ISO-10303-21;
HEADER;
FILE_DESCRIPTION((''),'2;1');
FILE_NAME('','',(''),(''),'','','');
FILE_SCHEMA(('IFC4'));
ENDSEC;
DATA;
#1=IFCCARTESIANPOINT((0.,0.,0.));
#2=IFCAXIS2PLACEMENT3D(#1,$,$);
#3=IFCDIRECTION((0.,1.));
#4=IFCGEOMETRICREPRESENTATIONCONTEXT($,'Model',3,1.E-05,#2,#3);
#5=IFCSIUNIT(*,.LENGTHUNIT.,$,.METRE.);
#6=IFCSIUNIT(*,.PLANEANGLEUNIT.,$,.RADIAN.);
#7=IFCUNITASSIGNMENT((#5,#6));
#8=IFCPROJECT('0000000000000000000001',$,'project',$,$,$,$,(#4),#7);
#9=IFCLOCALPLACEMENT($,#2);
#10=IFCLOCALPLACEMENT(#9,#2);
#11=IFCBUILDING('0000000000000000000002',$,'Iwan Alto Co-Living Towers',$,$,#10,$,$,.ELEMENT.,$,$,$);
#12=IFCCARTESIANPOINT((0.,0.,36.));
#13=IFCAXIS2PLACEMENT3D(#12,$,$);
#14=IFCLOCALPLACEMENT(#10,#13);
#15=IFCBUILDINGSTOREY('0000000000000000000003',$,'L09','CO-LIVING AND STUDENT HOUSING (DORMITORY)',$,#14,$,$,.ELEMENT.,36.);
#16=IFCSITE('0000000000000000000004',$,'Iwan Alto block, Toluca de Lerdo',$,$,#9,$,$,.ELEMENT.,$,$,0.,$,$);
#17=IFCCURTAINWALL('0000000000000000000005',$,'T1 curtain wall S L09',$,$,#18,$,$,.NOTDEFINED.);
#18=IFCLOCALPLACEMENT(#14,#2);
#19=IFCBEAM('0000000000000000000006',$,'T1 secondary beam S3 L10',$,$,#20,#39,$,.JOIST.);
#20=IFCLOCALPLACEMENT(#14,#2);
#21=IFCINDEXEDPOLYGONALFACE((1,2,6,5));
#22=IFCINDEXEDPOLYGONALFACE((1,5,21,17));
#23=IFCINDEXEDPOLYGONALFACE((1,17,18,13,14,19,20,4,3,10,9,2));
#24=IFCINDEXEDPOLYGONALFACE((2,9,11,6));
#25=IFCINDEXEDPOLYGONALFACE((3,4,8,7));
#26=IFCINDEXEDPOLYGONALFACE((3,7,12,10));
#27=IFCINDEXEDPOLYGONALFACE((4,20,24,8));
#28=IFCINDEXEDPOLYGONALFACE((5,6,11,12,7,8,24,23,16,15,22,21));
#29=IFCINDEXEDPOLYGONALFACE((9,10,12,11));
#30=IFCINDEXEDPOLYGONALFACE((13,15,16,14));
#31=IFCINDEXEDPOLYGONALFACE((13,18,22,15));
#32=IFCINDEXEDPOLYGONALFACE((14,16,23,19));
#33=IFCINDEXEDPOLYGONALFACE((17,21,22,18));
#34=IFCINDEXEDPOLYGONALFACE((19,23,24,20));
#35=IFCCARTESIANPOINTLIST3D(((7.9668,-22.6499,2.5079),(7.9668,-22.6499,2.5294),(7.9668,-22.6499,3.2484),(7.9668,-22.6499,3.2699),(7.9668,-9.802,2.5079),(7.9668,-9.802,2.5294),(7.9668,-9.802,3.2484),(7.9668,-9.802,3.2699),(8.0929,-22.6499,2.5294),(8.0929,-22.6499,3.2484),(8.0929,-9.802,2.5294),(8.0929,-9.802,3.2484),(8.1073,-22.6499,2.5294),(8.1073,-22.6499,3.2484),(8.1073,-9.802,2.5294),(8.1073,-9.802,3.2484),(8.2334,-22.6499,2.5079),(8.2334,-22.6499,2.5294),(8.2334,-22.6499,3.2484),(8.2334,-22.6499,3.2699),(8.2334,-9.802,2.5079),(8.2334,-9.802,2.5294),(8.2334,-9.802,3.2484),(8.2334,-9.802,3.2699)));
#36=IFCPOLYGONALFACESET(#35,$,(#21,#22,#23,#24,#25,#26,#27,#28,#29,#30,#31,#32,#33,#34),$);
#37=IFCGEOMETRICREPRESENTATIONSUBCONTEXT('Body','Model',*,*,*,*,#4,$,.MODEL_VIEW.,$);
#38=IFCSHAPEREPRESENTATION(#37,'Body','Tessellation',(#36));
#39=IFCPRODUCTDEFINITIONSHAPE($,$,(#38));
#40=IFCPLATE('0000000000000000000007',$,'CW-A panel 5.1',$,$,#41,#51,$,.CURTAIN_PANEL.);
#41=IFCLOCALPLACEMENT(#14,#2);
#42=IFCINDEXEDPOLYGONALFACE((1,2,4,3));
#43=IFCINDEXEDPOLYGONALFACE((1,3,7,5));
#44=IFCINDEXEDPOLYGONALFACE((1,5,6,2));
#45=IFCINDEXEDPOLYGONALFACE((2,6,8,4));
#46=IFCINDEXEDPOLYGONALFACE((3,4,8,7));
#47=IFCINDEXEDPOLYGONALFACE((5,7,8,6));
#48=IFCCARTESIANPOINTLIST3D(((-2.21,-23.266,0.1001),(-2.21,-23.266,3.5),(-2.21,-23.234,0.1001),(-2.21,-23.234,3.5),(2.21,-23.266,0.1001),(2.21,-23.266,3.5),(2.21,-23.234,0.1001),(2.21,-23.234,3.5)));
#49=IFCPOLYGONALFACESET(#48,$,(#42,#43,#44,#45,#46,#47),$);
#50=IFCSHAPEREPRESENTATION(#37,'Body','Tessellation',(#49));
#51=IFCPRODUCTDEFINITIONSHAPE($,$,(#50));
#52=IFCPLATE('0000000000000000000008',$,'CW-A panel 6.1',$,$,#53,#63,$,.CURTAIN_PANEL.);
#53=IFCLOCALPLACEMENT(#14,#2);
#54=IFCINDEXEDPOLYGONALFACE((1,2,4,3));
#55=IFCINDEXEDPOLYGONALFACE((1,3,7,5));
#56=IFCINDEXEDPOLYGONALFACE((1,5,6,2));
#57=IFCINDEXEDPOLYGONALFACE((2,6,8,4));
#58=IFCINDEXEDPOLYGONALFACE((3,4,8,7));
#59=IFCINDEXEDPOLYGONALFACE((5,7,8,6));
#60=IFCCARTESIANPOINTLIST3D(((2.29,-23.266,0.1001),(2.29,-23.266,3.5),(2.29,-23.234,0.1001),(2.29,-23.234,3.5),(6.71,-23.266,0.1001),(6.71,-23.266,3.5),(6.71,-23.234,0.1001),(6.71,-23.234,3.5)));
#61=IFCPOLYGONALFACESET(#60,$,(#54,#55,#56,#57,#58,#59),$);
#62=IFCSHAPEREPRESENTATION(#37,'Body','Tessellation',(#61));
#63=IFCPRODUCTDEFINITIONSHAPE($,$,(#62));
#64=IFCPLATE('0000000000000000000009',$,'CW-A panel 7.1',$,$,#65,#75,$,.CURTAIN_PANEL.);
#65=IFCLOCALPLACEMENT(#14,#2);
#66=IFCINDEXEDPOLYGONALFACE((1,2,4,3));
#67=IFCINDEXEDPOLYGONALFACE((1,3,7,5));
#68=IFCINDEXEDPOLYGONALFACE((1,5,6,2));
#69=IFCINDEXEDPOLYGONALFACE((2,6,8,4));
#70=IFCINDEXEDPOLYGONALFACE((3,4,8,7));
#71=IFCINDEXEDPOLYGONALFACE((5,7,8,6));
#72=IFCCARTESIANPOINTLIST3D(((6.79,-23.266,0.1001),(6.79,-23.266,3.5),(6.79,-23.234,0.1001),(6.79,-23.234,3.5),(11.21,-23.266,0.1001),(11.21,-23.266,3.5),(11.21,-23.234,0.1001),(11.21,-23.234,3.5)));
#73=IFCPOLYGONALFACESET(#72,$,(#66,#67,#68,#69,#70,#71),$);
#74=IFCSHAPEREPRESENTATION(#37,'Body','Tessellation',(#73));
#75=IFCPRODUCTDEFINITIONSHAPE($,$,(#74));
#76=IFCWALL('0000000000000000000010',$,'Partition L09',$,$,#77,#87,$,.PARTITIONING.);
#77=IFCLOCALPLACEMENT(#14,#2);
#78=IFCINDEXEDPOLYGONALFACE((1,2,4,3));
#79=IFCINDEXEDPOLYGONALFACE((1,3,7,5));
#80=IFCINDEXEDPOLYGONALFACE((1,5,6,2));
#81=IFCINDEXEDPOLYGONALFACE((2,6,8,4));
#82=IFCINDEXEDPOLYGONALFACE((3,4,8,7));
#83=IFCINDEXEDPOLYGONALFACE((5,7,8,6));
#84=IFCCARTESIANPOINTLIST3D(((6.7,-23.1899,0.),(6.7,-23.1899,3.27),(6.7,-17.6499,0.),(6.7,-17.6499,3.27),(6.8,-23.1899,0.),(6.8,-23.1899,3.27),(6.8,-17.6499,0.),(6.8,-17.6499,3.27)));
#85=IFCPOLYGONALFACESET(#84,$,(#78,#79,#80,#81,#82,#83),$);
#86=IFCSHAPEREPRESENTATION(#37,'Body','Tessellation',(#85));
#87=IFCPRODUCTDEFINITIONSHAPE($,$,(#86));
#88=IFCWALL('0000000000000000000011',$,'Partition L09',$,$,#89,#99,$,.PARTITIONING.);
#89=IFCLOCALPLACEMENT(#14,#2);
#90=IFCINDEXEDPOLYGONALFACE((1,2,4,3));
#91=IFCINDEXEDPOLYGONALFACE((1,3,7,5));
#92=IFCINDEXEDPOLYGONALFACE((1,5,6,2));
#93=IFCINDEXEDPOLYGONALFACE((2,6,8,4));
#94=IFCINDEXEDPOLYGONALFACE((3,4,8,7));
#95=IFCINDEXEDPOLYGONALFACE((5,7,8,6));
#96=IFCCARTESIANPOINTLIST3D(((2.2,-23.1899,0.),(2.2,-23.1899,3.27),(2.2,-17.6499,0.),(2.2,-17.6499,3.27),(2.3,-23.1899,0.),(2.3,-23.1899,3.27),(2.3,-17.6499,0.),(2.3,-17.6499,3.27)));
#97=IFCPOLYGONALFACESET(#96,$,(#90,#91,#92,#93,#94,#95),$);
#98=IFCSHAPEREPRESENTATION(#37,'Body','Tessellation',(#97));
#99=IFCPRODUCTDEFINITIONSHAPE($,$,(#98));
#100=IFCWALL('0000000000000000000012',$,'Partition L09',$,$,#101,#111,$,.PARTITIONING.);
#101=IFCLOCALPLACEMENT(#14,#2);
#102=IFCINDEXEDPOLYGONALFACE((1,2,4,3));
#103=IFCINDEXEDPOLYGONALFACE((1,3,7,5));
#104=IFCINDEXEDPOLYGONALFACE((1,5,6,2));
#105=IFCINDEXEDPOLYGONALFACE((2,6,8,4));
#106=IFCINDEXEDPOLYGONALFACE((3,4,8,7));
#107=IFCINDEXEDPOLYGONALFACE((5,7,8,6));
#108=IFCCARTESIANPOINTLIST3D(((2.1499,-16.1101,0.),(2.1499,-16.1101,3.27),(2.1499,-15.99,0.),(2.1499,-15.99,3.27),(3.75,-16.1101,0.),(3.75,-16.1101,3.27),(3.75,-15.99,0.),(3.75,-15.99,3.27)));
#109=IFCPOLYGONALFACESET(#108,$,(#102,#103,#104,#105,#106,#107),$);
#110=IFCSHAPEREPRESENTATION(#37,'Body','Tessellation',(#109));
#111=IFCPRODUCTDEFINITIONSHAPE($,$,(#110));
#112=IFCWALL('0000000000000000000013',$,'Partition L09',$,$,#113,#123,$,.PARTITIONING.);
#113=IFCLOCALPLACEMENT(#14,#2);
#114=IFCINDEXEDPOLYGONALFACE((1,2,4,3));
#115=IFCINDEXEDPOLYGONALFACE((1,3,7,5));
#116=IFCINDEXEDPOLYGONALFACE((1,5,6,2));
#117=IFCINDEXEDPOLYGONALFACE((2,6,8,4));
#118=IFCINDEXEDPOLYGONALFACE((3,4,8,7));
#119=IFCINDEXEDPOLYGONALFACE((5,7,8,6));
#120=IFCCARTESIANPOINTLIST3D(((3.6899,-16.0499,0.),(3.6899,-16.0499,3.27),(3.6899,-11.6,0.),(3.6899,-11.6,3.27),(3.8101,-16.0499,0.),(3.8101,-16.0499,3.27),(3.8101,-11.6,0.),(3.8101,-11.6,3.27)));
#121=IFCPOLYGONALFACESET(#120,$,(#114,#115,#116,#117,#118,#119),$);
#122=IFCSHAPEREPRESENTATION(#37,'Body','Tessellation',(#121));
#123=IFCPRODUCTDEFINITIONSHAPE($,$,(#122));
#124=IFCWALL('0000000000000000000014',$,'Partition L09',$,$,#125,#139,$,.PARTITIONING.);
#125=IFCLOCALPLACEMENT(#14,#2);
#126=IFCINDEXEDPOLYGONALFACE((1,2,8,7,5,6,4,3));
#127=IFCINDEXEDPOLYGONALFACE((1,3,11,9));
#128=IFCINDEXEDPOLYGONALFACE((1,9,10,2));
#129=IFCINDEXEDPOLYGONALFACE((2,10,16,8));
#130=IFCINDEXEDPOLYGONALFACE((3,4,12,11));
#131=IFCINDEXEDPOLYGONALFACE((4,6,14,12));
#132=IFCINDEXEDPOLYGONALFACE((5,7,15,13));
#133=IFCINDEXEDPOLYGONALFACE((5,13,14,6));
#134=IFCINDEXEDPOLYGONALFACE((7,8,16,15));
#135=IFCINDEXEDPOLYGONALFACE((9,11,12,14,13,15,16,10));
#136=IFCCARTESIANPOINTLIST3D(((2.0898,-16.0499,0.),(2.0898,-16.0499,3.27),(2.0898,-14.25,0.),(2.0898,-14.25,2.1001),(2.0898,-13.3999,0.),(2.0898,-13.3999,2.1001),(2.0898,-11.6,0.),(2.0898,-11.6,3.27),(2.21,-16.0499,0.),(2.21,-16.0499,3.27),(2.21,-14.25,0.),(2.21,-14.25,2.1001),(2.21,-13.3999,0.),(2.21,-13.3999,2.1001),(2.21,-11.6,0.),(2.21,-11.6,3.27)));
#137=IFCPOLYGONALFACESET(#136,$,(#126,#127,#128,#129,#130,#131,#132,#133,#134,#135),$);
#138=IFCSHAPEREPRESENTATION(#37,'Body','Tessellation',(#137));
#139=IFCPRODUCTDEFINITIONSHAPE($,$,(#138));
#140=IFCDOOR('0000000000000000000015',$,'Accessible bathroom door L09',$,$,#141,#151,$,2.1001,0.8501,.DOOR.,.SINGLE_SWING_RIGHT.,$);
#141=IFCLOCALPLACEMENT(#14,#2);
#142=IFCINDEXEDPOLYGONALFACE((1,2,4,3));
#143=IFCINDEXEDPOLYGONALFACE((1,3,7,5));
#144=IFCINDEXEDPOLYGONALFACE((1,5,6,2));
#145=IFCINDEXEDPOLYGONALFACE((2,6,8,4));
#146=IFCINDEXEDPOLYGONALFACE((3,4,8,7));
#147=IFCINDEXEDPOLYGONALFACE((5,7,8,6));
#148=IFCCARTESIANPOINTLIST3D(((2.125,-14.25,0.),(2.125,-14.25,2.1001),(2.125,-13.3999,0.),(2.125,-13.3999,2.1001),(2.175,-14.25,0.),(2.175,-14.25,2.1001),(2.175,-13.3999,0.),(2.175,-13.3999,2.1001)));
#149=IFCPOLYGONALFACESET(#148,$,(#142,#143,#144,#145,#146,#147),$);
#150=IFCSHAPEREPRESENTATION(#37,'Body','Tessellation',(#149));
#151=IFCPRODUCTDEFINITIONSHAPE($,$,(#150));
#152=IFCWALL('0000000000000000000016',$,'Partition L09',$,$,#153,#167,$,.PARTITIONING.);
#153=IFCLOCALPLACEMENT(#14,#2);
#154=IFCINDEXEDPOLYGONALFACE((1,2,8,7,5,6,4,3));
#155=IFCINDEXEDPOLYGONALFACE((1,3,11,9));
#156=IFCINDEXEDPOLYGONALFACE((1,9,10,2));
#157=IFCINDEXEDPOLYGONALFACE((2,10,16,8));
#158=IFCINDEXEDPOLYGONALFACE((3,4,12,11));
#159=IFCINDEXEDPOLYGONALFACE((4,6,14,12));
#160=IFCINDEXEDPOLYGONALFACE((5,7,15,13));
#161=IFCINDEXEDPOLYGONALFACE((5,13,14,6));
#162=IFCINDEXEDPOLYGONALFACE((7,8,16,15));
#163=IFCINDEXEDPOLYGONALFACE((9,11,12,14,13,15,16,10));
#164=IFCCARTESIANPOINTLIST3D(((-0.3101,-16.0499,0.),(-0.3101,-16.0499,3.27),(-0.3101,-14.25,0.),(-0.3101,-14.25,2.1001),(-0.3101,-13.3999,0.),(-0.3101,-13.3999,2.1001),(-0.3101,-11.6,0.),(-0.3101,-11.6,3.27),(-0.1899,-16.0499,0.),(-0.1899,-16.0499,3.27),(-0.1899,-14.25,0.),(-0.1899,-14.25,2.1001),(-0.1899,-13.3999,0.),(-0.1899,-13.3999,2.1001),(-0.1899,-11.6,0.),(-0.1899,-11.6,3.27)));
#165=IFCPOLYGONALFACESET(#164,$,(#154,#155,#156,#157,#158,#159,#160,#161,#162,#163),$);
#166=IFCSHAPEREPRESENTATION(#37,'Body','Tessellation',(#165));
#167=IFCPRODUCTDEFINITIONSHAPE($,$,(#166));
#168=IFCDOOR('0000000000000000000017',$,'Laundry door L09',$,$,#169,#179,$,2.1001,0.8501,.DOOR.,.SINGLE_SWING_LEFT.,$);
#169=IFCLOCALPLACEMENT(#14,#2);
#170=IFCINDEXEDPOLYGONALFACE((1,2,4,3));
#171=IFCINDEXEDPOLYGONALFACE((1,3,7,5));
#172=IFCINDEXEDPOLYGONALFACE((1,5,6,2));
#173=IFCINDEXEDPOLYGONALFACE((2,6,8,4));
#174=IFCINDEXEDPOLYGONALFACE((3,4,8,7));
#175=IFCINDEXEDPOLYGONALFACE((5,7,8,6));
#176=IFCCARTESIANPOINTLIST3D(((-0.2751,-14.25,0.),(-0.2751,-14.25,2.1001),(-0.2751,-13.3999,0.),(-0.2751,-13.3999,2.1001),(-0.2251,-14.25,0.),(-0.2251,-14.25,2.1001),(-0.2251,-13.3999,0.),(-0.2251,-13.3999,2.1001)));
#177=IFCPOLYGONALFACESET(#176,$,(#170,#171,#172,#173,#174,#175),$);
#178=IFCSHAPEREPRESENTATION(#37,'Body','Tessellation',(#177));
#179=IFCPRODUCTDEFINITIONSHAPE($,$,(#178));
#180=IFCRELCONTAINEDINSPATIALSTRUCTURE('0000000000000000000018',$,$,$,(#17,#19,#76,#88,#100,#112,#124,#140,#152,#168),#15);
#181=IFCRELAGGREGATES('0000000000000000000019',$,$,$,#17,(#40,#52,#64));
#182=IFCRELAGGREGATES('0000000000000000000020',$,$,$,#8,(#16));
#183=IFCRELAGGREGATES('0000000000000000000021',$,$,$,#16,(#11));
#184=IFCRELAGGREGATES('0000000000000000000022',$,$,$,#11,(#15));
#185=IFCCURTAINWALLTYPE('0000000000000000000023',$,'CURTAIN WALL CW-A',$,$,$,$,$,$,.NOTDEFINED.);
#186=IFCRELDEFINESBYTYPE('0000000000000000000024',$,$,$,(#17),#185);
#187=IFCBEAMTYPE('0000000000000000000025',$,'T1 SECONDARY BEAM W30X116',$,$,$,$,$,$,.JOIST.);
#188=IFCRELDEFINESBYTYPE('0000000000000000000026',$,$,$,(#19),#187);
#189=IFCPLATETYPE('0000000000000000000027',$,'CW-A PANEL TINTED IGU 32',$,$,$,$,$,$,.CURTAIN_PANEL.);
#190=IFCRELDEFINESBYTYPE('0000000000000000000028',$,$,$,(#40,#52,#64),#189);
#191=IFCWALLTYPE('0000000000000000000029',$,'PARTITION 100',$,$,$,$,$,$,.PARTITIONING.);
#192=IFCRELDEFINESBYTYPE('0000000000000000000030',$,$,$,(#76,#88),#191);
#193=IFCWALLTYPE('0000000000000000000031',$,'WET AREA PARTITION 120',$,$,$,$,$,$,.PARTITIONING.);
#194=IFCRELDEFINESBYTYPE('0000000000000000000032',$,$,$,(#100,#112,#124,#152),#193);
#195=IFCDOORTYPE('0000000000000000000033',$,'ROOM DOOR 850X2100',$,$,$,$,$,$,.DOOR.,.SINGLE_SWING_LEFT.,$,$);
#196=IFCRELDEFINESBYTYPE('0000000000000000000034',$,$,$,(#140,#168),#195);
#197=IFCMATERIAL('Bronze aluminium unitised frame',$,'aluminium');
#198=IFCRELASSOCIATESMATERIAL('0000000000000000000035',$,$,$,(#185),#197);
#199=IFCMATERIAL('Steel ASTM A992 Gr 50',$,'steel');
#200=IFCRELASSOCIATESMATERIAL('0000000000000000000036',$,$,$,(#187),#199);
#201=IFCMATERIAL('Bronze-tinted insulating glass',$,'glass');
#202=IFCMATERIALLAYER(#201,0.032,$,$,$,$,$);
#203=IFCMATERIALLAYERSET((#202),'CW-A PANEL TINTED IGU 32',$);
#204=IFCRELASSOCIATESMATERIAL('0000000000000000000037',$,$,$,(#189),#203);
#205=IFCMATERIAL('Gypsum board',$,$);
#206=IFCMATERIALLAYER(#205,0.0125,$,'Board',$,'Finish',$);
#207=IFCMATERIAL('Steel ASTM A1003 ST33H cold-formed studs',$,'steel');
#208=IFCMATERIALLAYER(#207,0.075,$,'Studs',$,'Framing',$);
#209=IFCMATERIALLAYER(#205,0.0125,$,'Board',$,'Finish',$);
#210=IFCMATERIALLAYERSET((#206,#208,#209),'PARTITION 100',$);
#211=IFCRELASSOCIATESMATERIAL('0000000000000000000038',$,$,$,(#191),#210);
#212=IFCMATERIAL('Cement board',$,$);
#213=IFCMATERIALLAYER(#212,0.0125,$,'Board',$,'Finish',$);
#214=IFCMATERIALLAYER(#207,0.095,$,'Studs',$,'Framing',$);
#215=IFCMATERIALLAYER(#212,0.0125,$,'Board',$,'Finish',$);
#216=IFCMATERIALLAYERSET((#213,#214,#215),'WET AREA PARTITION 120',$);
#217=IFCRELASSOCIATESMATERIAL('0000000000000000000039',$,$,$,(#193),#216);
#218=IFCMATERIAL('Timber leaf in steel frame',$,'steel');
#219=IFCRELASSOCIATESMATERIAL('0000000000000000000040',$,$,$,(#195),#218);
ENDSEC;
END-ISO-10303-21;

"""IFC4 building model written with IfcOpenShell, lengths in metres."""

from ifc_helpers import new_model, si_unit, direction, frame, frame_2d, origin, origin_2d, place, context, subcontext, project, spatial, rectangle, i_section, extrude, material, layer, layer_set, material_profile, profile_set, type_object, element, fill, aggregate, save


model = new_model("IFC4")

# Units and contexts
model_context = context("Model", 3, precision=1e-05, world=origin(), true_north=direction((0.0, 1.0)))
body_context = subcontext(model_context, "Body", "Model", "MODEL_VIEW")
ifc_project = project(units=[si_unit("LENGTHUNIT", "METRE"), si_unit("PLANEANGLEUNIT", "RADIAN")], contexts=[model_context])

# Site, building, storey
site_placement = place(None, origin())
site = spatial("IfcSite", under=ifc_project, at=site_placement, Name="Iwan Alto block, Toluca de Lerdo", CompositionType="ELEMENT", RefElevation=0.0)
building_placement = place(site_placement, origin())
building = spatial("IfcBuilding", under=site, at=building_placement, Name="Iwan Alto Co-Living Towers", CompositionType="ELEMENT")
storey_placement = place(building_placement, frame((0.0, 0.0, 36.0)))
storey = spatial("IfcBuildingStorey", under=building, at=storey_placement, Name="L09", Description="CO-LIVING AND STUDENT HOUSING (DORMITORY)", CompositionType="ELEMENT", Elevation=36.0)

# Curtain wall
ifc_material_1 = material(Name="Bronze aluminium unitised frame", Category="aluminium")
curtain_wall_type = type_object("IfcCurtainWallType", Name="CURTAIN WALL CW-A", PredefinedType="NOTDEFINED", material=ifc_material_1)
curtain_wall_placement = place(storey_placement, origin())
curtain_wall = element("IfcCurtainWall", 1, at=curtain_wall_placement, inside=storey, type_object=curtain_wall_type, Name="T1 curtain wall S L09", PredefinedType="NOTDEFINED")

# Beam
ifc_material_2 = material(Name="Steel ASTM A992 Gr 50", Category="steel")
ifc_material_profile_1 = material_profile(ifc_material_2, i_section(OverallWidth=0.2666, OverallDepth=0.762, WebThickness=0.0144, FlangeThickness=0.0215, at=origin_2d()), Name="W30X116")
ifc_profile_set_1 = profile_set([ifc_material_profile_1], Name="Steel ASTM A992 Gr 50")
beam_type_1 = type_object("IfcBeamType", Name="T1 SECONDARY BEAM W30X116", PredefinedType="JOIST", material=ifc_profile_set_1)
for number, where, z_axis, x_axis, name in (
    (2, (8.1001, -22.6499, 2.8889), (0.0, 1.0, 0.0), (-1.0, 0.0, 0.0), "T1 secondary beam S3 L10"),
):
    element("IfcBeam", number, at=place(storey_placement, frame(where, z_axis=z_axis, x_axis=x_axis)), inside=storey, type_object=beam_type_1, Name=name, PredefinedType="JOIST", context=body_context, shape_type="SweptSolid", body=[
        extrude(i_section(OverallWidth=0.2666, OverallDepth=0.762, WebThickness=0.0144, FlangeThickness=0.0215, at=origin_2d()), origin(), (0.0, 0.0, 1.0), 12.8479),
    ])

# Plates
ifc_material_3 = material(Name="Bronze-tinted insulating glass", Category="glass")
ifc_layer_1 = layer(ifc_material_3, 0.032)
ifc_layer_set_1 = layer_set([ifc_layer_1], Name="CW-A PANEL TINTED IGU 32")
plate_type = type_object("IfcPlateType", Name="CW-A PANEL TINTED IGU 32", PredefinedType="CURTAIN_PANEL", material=ifc_layer_set_1)
plate_1_placement = place(storey_placement, frame((0.0, -23.25, 0.1001), z_axis=(0.0, 0.0, 1.0), x_axis=(1.0, 0.0, 0.0)))
plate_1 = element("IfcPlate", 3, at=plate_1_placement, type_object=plate_type, Name="CW-A panel 5.1", PredefinedType="CURTAIN_PANEL", context=body_context, shape_type="SweptSolid", body=[
    extrude(rectangle(XDim=4.4199, YDim=0.032, at=origin_2d()), origin(), (0.0, 0.0, 1.0), 3.3999),
])
plate_2_placement = place(storey_placement, frame((4.5, -23.25, 0.1001), z_axis=(0.0, 0.0, 1.0), x_axis=(1.0, 0.0, 0.0)))
plate_2 = element("IfcPlate", 4, at=plate_2_placement, type_object=plate_type, Name="CW-A panel 6.1", PredefinedType="CURTAIN_PANEL", context=body_context, shape_type="SweptSolid", body=[
    extrude(rectangle(XDim=4.4199, YDim=0.032, at=origin_2d()), origin(), (0.0, 0.0, 1.0), 3.3999),
])
plate_3_placement = place(storey_placement, frame((9.0, -23.25, 0.1001), z_axis=(0.0, 0.0, 1.0), x_axis=(1.0, 0.0, 0.0)))
plate_3 = element("IfcPlate", 5, at=plate_3_placement, type_object=plate_type, Name="CW-A panel 7.1", PredefinedType="CURTAIN_PANEL", context=body_context, shape_type="SweptSolid", body=[
    extrude(rectangle(XDim=4.4199, YDim=0.032, at=origin_2d()), origin(), (0.0, 0.0, 1.0), 3.3999),
])
aggregate(curtain_wall, [plate_1, plate_2, plate_3])

# Walls
ifc_material_4 = material(Name="Gypsum board")
ifc_layer_2 = layer(ifc_material_4, 0.0125, Name="Board", Category="Finish")
ifc_material_5 = material(Name="Steel ASTM A1003 ST33H cold-formed studs", Category="steel")
ifc_layer_3 = layer(ifc_material_5, 0.075, Name="Studs", Category="Framing")
ifc_layer_4 = layer(ifc_material_4, 0.0125, Name="Board", Category="Finish")
ifc_layer_set_2 = layer_set([ifc_layer_2, ifc_layer_3, ifc_layer_4], Name="PARTITION 100")
wall_type_1 = type_object("IfcWallType", Name="PARTITION 100", PredefinedType="PARTITIONING", material=ifc_layer_set_2)
for number, where, z_axis, x_axis, name in (
    (6, (6.75, -23.1899, 0.0), (0.0, 0.0, 1.0), (0.0, 1.0, 0.0), "Partition L09"),
    (7, (2.25, -23.1899, 0.0), (0.0, 0.0, 1.0), (0.0, 1.0, 0.0), "Partition L09"),
):
    element("IfcWall", number, at=place(storey_placement, frame(where, z_axis=z_axis, x_axis=x_axis)), inside=storey, type_object=wall_type_1, Name=name, PredefinedType="PARTITIONING", context=body_context, shape_type="SweptSolid", body=[
        extrude(rectangle(XDim=5.54, YDim=0.1001, at=frame_2d((2.77, 0.0))), origin(), (0.0, 0.0, 1.0), 3.27),
    ])
ifc_material_6 = material(Name="Cement board")
ifc_layer_5 = layer(ifc_material_6, 0.0125, Name="Board", Category="Finish")
ifc_layer_6 = layer(ifc_material_5, 0.095, Name="Studs", Category="Framing")
ifc_layer_7 = layer(ifc_material_6, 0.0125, Name="Board", Category="Finish")
ifc_layer_set_3 = layer_set([ifc_layer_5, ifc_layer_6, ifc_layer_7], Name="WET AREA PARTITION 120")
wall_type_2 = type_object("IfcWallType", Name="WET AREA PARTITION 120", PredefinedType="PARTITIONING", material=ifc_layer_set_3)
wall_1_placement = place(storey_placement, frame((2.1499, -16.05, 0.0), z_axis=(0.0, 0.0, 1.0), x_axis=(1.0, 0.0, 0.0)))
element("IfcWall", 8, at=wall_1_placement, inside=storey, type_object=wall_type_2, Name="Partition L09", PredefinedType="PARTITIONING", context=body_context, shape_type="SweptSolid", body=[
    extrude(rectangle(XDim=1.6001, YDim=0.1201, at=frame_2d((0.8, 0.0))), origin(), (0.0, 0.0, 1.0), 3.27),
])
wall_2_placement = place(storey_placement, frame((3.75, -16.05, 0.0), z_axis=(0.0, 0.0, 1.0), x_axis=(0.0, 1.0, 0.0)))
element("IfcWall", 9, at=wall_2_placement, inside=storey, type_object=wall_type_2, Name="Partition L09", PredefinedType="PARTITIONING", context=body_context, shape_type="SweptSolid", body=[
    extrude(rectangle(XDim=4.45, YDim=0.1201, at=frame_2d((2.2251, 0.0))), origin(), (0.0, 0.0, 1.0), 3.27),
])

# Walls, openings, doors
wall_3_placement = place(storey_placement, frame((2.1499, -16.05, 0.0), z_axis=(0.0, 0.0, 1.0), x_axis=(0.0, 1.0, 0.0)))
wall_3 = element("IfcWall", 10, at=wall_3_placement, inside=storey, type_object=wall_type_2, Name="Partition L09", PredefinedType="PARTITIONING", context=body_context, shape_type="SweptSolid", body=[
    extrude(rectangle(XDim=4.45, YDim=0.1201, at=frame_2d((2.2251, 0.0))), origin(), (0.0, 0.0, 1.0), 3.27),
])
opening_1_placement = place(wall_3_placement, frame((1.8, 0.0, 0.0)))
opening_1 = element("IfcOpeningElement", 11, at=opening_1_placement, cuts=wall_3, PredefinedType="OPENING", context=body_context, shape_type="SweptSolid", body=[
    extrude(rectangle(XDim=0.8501, YDim=2.1001, at=frame_2d((0.425, 1.05))), frame((0.0, 0.0701, 0.0), z_axis=(0.0, -1.0, 0.0), x_axis=(1.0, 0.0, 0.0)), (0.0, 0.0, 1.0), 0.1401),
])
ifc_material_7 = material(Name="Timber leaf in steel frame", Category="steel")
door_type = type_object("IfcDoorType", Name="ROOM DOOR 850X2100", OperationType="SINGLE_SWING_LEFT", PredefinedType="DOOR", material=ifc_material_7)
door_1_placement = place(opening_1_placement, origin())
door_1 = element("IfcDoor", 12, at=door_1_placement, inside=storey, type_object=door_type, Name="Accessible bathroom door L09", OperationType="SINGLE_SWING_RIGHT", OverallHeight=2.1001, OverallWidth=0.8501, PredefinedType="DOOR", context=body_context, shape_type="SweptSolid", body=[
    extrude(rectangle(XDim=0.8501, YDim=2.1001, at=frame_2d((0.425, 1.05))), frame((0.0, 0.0249, 0.0), z_axis=(0.0, -1.0, 0.0), x_axis=(1.0, 0.0, 0.0)), (0.0, 0.0, 1.0), 0.05),
])
fill(opening_1, door_1)
wall_4_placement = place(storey_placement, frame((-0.25, -16.05, 0.0), z_axis=(0.0, 0.0, 1.0), x_axis=(0.0, 1.0, 0.0)))
wall_4 = element("IfcWall", 13, at=wall_4_placement, inside=storey, type_object=wall_type_2, Name="Partition L09", PredefinedType="PARTITIONING", context=body_context, shape_type="SweptSolid", body=[
    extrude(rectangle(XDim=4.45, YDim=0.1201, at=frame_2d((2.2251, 0.0))), origin(), (0.0, 0.0, 1.0), 3.27),
])
opening_2_placement = place(wall_4_placement, frame((1.8, 0.0, 0.0)))
opening_2 = element("IfcOpeningElement", 14, at=opening_2_placement, cuts=wall_4, PredefinedType="OPENING", context=body_context, shape_type="SweptSolid", body=[
    extrude(rectangle(XDim=0.8501, YDim=2.1001, at=frame_2d((0.425, 1.05))), frame((0.0, 0.0701, 0.0), z_axis=(0.0, -1.0, 0.0), x_axis=(1.0, 0.0, 0.0)), (0.0, 0.0, 1.0), 0.1401),
])
door_2_placement = place(opening_2_placement, frame((0.8501, 0.0, 0.0), z_axis=(0.0, 0.0, 1.0), x_axis=(-1.0, 0.0, 0.0)))
door_2 = element("IfcDoor", 15, at=door_2_placement, inside=storey, type_object=door_type, Name="Laundry door L09", OperationType="SINGLE_SWING_LEFT", OverallHeight=2.1001, OverallWidth=0.8501, PredefinedType="DOOR", context=body_context, shape_type="SweptSolid", body=[
    extrude(rectangle(XDim=0.8501, YDim=2.1001, at=frame_2d((0.425, 1.05))), frame((0.0, 0.0249, 0.0), z_axis=(0.0, -1.0, 0.0), x_axis=(1.0, 0.0, 0.0)), (0.0, 0.0, 1.0), 0.05),
])
fill(opening_2, door_2)

save(model, "model.ifc")
